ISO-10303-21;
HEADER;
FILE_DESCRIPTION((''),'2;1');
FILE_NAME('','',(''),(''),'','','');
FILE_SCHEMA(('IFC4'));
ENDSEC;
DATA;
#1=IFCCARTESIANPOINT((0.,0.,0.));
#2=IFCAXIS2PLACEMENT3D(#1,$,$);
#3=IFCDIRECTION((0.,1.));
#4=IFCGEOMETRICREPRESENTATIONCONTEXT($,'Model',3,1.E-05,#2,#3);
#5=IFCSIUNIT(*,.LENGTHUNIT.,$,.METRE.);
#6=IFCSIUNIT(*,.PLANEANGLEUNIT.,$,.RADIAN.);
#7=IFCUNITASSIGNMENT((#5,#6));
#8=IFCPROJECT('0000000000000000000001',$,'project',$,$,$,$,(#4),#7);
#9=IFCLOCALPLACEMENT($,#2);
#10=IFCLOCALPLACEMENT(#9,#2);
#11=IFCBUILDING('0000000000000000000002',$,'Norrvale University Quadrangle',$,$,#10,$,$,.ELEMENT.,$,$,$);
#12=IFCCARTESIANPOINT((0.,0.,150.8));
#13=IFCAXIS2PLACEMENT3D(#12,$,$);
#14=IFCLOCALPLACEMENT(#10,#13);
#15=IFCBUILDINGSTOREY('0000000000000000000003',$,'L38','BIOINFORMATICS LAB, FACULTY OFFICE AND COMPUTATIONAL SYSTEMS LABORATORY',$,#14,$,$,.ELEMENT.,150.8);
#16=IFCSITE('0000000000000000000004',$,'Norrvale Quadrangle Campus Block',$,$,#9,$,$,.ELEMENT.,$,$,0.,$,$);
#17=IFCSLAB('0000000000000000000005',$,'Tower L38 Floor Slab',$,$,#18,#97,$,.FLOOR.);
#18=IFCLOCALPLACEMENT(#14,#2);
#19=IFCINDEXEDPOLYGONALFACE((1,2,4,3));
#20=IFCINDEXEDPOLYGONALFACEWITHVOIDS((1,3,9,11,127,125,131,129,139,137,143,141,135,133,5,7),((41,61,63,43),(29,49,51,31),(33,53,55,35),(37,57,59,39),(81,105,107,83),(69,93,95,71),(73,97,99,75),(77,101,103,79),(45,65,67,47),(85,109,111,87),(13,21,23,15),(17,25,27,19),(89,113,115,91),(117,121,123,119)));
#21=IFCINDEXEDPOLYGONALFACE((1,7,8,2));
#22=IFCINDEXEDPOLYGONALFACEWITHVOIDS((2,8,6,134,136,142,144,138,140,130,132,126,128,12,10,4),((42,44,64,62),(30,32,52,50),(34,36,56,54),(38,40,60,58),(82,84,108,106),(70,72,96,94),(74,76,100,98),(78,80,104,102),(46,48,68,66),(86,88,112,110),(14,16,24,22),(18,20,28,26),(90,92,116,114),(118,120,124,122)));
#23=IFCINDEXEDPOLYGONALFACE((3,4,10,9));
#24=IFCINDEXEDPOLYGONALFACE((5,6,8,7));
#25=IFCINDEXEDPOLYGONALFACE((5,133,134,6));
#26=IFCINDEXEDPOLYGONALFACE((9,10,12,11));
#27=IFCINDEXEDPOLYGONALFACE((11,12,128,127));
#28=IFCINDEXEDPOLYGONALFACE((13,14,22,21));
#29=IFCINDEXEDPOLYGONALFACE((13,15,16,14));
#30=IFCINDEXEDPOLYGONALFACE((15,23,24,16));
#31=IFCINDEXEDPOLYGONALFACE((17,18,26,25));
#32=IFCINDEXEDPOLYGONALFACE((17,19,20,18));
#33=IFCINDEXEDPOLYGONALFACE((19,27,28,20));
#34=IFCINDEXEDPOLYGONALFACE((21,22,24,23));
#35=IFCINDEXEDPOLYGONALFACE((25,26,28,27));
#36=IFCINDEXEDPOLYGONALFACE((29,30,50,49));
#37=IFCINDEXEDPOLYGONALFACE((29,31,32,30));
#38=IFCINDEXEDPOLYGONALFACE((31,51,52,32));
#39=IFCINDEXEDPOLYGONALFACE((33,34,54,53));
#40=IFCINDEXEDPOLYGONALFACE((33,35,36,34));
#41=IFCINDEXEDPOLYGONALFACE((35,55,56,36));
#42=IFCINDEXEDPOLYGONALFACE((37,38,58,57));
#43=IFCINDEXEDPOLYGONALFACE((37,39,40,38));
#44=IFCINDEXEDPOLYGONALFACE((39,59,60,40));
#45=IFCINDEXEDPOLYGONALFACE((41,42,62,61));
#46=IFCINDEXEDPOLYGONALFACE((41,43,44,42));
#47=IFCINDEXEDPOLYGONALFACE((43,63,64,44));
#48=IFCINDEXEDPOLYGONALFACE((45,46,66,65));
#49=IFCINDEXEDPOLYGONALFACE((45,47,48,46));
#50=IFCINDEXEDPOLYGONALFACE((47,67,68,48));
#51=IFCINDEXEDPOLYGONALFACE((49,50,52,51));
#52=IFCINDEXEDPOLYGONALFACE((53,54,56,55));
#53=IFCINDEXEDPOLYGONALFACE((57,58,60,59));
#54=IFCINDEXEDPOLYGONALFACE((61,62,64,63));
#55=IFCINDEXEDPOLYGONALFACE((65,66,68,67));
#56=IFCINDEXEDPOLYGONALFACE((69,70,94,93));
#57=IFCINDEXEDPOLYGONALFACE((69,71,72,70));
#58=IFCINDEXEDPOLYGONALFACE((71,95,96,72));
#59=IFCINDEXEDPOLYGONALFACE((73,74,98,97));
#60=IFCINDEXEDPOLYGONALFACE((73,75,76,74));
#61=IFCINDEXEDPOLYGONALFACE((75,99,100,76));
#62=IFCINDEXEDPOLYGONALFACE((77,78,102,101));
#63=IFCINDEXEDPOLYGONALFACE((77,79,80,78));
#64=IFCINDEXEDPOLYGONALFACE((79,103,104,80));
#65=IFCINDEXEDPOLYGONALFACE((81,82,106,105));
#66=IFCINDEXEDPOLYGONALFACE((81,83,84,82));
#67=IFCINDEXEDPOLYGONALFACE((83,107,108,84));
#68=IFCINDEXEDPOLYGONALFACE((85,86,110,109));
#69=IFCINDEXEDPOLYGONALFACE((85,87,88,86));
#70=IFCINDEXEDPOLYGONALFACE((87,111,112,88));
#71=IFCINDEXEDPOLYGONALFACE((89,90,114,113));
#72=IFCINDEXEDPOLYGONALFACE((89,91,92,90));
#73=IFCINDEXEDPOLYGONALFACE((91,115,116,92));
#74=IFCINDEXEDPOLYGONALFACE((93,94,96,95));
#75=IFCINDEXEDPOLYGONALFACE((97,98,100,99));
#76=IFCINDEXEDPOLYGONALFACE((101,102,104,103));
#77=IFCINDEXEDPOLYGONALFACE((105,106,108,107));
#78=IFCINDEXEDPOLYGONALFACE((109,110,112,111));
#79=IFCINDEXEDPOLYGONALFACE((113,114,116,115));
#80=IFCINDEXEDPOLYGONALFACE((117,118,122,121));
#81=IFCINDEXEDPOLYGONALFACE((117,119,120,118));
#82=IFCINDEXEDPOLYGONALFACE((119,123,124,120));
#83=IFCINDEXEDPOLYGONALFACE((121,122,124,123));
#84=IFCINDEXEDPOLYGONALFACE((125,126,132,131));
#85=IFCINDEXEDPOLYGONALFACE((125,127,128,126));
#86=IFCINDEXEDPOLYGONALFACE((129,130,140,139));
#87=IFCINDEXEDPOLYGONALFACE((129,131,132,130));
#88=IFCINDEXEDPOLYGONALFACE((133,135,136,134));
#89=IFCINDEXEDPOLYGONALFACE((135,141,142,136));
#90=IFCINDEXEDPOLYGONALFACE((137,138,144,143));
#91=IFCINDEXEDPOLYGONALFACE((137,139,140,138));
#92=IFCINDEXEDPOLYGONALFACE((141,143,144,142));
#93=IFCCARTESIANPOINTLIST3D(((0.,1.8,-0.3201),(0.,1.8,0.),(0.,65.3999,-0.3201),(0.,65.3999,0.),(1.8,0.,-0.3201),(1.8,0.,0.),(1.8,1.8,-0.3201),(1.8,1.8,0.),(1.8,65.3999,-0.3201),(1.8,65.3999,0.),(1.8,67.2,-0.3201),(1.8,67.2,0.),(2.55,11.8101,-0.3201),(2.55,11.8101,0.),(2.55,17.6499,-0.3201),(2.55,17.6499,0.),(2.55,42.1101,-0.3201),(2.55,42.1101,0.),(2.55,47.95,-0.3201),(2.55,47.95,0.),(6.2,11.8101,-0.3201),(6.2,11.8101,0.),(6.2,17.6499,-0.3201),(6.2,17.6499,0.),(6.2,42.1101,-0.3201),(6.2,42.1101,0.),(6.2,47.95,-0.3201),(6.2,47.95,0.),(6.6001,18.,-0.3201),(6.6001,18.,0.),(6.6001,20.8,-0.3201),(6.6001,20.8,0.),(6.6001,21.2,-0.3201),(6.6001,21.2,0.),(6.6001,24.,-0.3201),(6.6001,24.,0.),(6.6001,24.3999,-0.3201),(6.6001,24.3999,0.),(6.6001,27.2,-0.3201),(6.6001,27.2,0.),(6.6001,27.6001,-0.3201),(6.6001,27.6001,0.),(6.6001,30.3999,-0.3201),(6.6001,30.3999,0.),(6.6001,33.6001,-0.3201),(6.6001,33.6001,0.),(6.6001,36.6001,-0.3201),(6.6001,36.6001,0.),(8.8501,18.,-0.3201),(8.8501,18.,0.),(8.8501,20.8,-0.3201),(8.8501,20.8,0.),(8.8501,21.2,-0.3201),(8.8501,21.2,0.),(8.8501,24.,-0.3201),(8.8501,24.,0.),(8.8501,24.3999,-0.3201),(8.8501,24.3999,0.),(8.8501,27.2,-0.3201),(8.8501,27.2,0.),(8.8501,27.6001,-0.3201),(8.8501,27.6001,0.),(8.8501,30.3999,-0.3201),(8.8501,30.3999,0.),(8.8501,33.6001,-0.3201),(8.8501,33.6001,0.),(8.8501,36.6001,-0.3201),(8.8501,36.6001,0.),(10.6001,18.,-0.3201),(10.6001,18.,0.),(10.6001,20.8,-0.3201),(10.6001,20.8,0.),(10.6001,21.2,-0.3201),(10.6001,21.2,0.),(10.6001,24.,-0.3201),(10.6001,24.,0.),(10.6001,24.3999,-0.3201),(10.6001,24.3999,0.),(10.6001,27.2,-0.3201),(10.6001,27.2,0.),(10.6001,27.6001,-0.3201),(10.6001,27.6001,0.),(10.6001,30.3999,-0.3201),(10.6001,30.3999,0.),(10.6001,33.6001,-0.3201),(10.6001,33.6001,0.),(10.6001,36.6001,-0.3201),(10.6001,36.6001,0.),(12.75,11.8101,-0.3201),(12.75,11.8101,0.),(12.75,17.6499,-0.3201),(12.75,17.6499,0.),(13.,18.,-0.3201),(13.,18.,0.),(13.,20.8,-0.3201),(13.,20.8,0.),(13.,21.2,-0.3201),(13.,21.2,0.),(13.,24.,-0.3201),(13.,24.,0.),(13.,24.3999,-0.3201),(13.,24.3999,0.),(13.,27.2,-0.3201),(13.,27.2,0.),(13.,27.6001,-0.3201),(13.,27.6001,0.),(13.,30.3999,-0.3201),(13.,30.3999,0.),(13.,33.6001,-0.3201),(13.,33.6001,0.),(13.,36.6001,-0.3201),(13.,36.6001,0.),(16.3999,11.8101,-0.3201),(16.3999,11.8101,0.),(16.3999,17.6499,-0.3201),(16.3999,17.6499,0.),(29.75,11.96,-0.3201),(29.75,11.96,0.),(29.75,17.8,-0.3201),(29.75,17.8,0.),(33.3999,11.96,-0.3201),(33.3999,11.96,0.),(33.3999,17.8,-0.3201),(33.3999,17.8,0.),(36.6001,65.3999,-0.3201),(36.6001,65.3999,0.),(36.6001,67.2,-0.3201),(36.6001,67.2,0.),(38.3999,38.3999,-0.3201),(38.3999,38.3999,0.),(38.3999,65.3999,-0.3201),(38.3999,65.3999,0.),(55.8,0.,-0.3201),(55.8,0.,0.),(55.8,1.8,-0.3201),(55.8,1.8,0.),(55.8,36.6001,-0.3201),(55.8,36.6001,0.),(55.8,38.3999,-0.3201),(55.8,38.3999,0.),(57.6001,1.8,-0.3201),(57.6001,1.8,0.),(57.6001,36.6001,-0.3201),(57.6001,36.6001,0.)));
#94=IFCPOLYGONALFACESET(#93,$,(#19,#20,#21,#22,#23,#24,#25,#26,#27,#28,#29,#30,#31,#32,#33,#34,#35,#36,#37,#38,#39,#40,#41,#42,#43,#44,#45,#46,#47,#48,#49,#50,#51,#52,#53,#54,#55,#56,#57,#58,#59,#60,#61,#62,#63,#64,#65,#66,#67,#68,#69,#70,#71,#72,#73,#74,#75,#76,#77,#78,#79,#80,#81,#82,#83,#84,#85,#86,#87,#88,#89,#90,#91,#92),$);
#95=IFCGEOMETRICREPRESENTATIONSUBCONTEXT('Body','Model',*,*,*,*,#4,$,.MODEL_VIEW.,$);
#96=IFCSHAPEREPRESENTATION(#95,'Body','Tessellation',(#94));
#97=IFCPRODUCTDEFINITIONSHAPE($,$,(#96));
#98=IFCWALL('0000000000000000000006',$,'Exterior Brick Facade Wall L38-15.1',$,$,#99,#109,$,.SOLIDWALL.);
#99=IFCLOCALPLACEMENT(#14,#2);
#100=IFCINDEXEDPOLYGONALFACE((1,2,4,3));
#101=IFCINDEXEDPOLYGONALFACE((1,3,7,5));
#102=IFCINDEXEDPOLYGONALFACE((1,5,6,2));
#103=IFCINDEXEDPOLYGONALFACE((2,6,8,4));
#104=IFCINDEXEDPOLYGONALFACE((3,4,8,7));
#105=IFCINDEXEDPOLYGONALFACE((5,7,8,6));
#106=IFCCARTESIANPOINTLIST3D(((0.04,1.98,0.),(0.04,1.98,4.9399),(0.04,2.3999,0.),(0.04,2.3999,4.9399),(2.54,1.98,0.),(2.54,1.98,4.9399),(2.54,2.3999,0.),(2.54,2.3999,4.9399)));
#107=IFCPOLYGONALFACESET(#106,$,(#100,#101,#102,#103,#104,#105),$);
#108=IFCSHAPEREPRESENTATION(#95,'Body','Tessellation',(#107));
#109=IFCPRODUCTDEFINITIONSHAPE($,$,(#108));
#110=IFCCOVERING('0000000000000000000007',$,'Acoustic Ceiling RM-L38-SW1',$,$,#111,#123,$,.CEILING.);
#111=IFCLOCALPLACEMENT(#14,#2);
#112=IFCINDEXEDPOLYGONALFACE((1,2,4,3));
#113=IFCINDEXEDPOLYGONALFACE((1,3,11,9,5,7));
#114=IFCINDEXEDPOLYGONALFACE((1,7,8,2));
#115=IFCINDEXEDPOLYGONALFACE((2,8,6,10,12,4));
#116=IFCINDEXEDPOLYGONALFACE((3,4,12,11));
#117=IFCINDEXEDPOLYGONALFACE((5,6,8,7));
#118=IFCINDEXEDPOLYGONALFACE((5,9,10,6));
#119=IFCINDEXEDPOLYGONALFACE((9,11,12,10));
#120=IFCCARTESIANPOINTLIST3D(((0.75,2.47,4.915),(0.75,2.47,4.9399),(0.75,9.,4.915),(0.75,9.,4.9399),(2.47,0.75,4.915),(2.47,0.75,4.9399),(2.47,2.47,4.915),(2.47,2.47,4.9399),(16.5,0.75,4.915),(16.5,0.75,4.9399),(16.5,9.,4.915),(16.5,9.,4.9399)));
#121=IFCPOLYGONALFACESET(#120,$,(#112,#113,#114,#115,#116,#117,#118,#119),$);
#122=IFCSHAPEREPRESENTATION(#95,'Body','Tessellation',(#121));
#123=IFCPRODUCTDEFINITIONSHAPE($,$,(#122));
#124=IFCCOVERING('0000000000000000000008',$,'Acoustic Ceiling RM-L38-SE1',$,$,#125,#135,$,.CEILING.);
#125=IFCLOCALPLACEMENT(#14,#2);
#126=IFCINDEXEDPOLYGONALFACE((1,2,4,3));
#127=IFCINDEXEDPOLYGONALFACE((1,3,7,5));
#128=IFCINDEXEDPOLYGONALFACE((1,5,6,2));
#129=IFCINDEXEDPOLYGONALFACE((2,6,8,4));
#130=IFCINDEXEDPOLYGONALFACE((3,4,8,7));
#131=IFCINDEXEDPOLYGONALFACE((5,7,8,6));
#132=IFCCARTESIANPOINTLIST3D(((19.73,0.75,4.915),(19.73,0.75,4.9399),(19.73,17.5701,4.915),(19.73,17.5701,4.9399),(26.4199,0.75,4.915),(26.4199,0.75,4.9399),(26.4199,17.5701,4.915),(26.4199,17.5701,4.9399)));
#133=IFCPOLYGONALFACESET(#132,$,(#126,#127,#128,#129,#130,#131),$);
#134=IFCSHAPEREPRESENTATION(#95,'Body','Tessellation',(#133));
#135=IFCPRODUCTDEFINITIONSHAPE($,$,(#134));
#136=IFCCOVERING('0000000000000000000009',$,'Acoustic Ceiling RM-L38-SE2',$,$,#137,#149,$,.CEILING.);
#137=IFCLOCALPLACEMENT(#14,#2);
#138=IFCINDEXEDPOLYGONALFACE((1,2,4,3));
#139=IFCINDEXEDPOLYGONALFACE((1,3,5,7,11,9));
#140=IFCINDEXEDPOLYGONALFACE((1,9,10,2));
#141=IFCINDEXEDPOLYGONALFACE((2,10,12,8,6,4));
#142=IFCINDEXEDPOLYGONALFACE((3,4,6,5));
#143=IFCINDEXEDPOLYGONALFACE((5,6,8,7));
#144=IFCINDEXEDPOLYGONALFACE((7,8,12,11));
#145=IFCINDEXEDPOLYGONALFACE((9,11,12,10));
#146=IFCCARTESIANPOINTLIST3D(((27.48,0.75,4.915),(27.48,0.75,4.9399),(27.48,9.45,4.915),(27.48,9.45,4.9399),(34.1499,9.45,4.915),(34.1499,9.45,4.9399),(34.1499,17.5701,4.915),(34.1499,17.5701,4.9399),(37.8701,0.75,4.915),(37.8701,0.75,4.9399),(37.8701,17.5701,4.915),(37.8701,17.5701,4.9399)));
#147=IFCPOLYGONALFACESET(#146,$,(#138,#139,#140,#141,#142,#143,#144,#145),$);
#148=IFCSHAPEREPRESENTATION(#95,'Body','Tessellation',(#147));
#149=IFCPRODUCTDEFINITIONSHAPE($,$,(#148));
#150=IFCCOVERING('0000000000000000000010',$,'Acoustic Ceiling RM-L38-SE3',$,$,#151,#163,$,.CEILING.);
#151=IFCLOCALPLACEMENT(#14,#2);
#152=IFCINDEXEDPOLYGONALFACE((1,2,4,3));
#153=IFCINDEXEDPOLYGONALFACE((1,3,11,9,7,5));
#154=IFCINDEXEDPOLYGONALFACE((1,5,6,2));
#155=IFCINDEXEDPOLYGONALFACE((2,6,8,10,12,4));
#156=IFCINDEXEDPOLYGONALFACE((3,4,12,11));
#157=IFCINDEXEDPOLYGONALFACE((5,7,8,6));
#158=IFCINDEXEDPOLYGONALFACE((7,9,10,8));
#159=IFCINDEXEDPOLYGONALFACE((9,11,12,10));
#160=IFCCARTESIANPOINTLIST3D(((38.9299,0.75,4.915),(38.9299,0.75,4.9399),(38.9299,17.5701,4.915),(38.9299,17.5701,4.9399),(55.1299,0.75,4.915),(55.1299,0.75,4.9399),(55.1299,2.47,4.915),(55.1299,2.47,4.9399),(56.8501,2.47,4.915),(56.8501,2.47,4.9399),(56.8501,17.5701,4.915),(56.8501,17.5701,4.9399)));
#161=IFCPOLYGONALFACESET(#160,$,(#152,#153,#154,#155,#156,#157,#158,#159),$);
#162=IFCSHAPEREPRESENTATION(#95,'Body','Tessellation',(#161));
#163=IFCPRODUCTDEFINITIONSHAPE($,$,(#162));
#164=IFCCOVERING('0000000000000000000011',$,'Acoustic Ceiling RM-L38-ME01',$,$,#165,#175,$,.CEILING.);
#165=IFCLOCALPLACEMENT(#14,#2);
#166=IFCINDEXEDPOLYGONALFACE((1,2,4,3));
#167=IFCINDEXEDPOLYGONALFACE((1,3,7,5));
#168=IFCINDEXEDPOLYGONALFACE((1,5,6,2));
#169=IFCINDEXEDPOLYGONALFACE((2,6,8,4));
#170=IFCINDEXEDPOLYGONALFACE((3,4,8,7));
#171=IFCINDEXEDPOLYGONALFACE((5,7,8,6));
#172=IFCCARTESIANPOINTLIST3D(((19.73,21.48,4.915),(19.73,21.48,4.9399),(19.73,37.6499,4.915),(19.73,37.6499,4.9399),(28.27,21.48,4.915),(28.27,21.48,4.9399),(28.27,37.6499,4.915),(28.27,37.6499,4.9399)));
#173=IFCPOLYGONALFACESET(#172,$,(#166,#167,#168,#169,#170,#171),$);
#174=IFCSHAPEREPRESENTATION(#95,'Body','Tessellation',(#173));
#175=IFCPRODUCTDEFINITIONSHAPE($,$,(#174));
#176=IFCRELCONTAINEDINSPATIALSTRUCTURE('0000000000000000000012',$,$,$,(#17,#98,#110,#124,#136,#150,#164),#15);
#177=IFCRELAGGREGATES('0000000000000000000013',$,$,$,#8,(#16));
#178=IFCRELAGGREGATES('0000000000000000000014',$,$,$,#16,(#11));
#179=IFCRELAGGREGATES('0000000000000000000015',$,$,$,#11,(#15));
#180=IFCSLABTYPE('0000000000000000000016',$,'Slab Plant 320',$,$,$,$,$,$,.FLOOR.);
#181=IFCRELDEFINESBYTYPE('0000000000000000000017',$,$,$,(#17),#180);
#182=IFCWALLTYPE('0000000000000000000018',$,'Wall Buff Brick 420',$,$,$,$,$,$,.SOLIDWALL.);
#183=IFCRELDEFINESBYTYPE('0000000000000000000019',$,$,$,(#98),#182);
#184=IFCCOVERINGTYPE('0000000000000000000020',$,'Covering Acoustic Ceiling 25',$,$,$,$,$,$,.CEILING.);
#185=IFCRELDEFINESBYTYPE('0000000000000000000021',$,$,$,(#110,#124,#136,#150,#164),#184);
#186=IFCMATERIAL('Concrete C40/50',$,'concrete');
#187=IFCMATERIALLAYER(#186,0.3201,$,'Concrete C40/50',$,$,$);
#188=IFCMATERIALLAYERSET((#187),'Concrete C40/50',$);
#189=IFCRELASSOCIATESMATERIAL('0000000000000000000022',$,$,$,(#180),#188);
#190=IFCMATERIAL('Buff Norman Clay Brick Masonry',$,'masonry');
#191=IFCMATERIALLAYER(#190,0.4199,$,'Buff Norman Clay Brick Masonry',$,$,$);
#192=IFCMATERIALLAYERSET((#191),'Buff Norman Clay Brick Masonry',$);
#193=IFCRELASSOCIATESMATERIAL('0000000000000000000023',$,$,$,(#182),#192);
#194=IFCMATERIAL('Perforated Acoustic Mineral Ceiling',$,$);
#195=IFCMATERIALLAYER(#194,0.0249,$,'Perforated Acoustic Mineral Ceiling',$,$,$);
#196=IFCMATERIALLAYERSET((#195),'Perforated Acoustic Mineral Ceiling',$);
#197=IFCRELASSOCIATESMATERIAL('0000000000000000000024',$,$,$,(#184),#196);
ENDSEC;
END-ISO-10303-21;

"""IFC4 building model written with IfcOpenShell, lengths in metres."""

from ifc_helpers import new_model, si_unit, direction, frame, frame_2d, origin, place, context, subcontext, project, spatial, polyline, rectangle, outline, extrude, material, layer, layer_set, type_object, element, save


model = new_model("IFC4")

# Units and contexts
model_context = context("Model", 3, precision=1e-05, world=origin(), true_north=direction((0.0, 1.0)))
body_context = subcontext(model_context, "Body", "Model", "MODEL_VIEW")
ifc_project = project(units=[si_unit("LENGTHUNIT", "METRE"), si_unit("PLANEANGLEUNIT", "RADIAN")], contexts=[model_context])

# Site, building, storey
site_placement = place(None, origin())
site = spatial("IfcSite", under=ifc_project, at=site_placement, Name="Norrvale Quadrangle Campus Block", CompositionType="ELEMENT", RefElevation=0.0)
building_placement = place(site_placement, origin())
building = spatial("IfcBuilding", under=site, at=building_placement, Name="Norrvale University Quadrangle", CompositionType="ELEMENT")
storey_placement = place(building_placement, frame((0.0, 0.0, 150.8)))
storey = spatial("IfcBuildingStorey", under=building, at=storey_placement, Name="L38", Description="BIOINFORMATICS LAB, FACULTY OFFICE AND COMPUTATIONAL SYSTEMS LABORATORY", CompositionType="ELEMENT", Elevation=150.8)

# Shared definitions
ifc_material_1 = material(Name="Concrete C40/50", Category="concrete")

# Slab
ifc_layer_1 = layer(ifc_material_1, 0.3201, Name="Concrete C40/50")
ifc_layer_set_1 = layer_set([ifc_layer_1], Name="Concrete C40/50")
slab_type_1 = type_object("IfcSlabType", Name="Slab Plant 320", PredefinedType="FLOOR", material=ifc_layer_set_1)
slab_1_placement = place(storey_placement, frame((0.0, 0.0, -0.3201)))
element("IfcSlab", 1, at=slab_1_placement, inside=storey, type_object=slab_type_1, Name="Tower L38 Floor Slab", PredefinedType="FLOOR", context=body_context, shape_type="SweptSolid", body=[
    extrude(outline(polyline([(1.8, 0.0), (55.8, 0.0), (55.8, 1.8), (57.6001, 1.8), (57.6001, 36.6001), (55.8, 36.6001), (55.8, 38.3999), (38.3999, 38.3999), (38.3999, 65.3999), (36.6001, 65.3999), (36.6001, 67.2), (1.8, 67.2), (1.8, 65.3999), (0.0, 65.3999), (0.0, 1.8), (1.8, 1.8), (1.8, 0.0)]), holes=[polyline([(2.55, 11.8101), (6.2, 11.8101), (6.2, 17.6499), (2.55, 17.6499), (2.55, 11.8101)]), polyline([(2.55, 42.1101), (6.2, 42.1101), (6.2, 47.95), (2.55, 47.95), (2.55, 42.1101)]), polyline([(12.75, 11.8101), (16.3999, 11.8101), (16.3999, 17.6499), (12.75, 17.6499), (12.75, 11.8101)]), polyline([(29.75, 11.96), (33.3999, 11.96), (33.3999, 17.8), (29.75, 17.8), (29.75, 11.96)]), polyline([(6.6001, 18.0), (8.8501, 18.0), (8.8501, 20.8), (6.6001, 20.8), (6.6001, 18.0)]), polyline([(6.6001, 21.2), (8.8501, 21.2), (8.8501, 24.0), (6.6001, 24.0), (6.6001, 21.2)]), polyline([(6.6001, 24.3999), (8.8501, 24.3999), (8.8501, 27.2), (6.6001, 27.2), (6.6001, 24.3999)]), polyline([(6.6001, 27.6001), (8.8501, 27.6001), (8.8501, 30.3999), (6.6001, 30.3999), (6.6001, 27.6001)]), polyline([(10.6001, 18.0), (13.0, 18.0), (13.0, 20.8), (10.6001, 20.8), (10.6001, 18.0)]), polyline([(10.6001, 21.2), (13.0, 21.2), (13.0, 24.0), (10.6001, 24.0), (10.6001, 21.2)]), polyline([(10.6001, 24.3999), (13.0, 24.3999), (13.0, 27.2), (10.6001, 27.2), (10.6001, 24.3999)]), polyline([(10.6001, 27.6001), (13.0, 27.6001), (13.0, 30.3999), (10.6001, 30.3999), (10.6001, 27.6001)]), polyline([(6.6001, 33.6001), (8.8501, 33.6001), (8.8501, 36.6001), (6.6001, 36.6001), (6.6001, 33.6001)]), polyline([(10.6001, 33.6001), (13.0, 33.6001), (13.0, 36.6001), (10.6001, 36.6001), (10.6001, 33.6001)])]), origin(), (0.0, 0.0, 1.0), 0.3201),
])

# Wall
ifc_material_2 = material(Name="Buff Norman Clay Brick Masonry", Category="masonry")
ifc_layer_2 = layer(ifc_material_2, 0.4199, Name="Buff Norman Clay Brick Masonry")
ifc_layer_set_2 = layer_set([ifc_layer_2], Name="Buff Norman Clay Brick Masonry")
wall_type = type_object("IfcWallType", Name="Wall Buff Brick 420", PredefinedType="SOLIDWALL", material=ifc_layer_set_2)
wall_placement = place(storey_placement, frame((0.04, 2.1899, 0.0), z_axis=(0.0, 0.0, 1.0), x_axis=(1.0, 0.0, 0.0)))
element("IfcWall", 2, at=wall_placement, inside=storey, type_object=wall_type, Name="Exterior Brick Facade Wall L38-15.1", PredefinedType="SOLIDWALL", context=body_context, shape_type="SweptSolid", body=[
    extrude(rectangle(XDim=2.5, YDim=0.4199, at=frame_2d((1.25, 0.0))), origin(), (0.0, 0.0, 1.0), 4.9399),
])

# Coverings
ifc_material_3 = material(Name="Perforated Acoustic Mineral Ceiling")
ifc_layer_3 = layer(ifc_material_3, 0.0249, Name="Perforated Acoustic Mineral Ceiling")
ifc_layer_set_3 = layer_set([ifc_layer_3], Name="Perforated Acoustic Mineral Ceiling")
covering_type_1 = type_object("IfcCoveringType", Name="Covering Acoustic Ceiling 25", PredefinedType="CEILING", material=ifc_layer_set_3)
covering_1_placement = place(storey_placement, frame((0.0, 0.0, 4.915)))
element("IfcCovering", 3, at=covering_1_placement, inside=storey, type_object=covering_type_1, Name="Acoustic Ceiling RM-L38-SW1", PredefinedType="CEILING", context=body_context, shape_type="SweptSolid", body=[
    extrude(outline(polyline([(0.75, 9.0), (16.5, 9.0), (16.5, 0.75), (2.47, 0.75), (2.47, 2.47), (0.75, 2.47), (0.75, 9.0)])), origin(), (0.0, 0.0, 1.0), 0.0249),
])
covering_2_placement = place(storey_placement, frame((0.0, 0.0, 4.915)))
element("IfcCovering", 4, at=covering_2_placement, inside=storey, type_object=covering_type_1, Name="Acoustic Ceiling RM-L38-SE1", PredefinedType="CEILING", context=body_context, shape_type="SweptSolid", body=[
    extrude(outline(polyline([(19.73, 17.5701), (26.4199, 17.5701), (26.4199, 0.75), (19.73, 0.75), (19.73, 17.5701)])), origin(), (0.0, 0.0, 1.0), 0.0249),
])
covering_3_placement = place(storey_placement, frame((0.0, 0.0, 4.915)))
element("IfcCovering", 5, at=covering_3_placement, inside=storey, type_object=covering_type_1, Name="Acoustic Ceiling RM-L38-SE2", PredefinedType="CEILING", context=body_context, shape_type="SweptSolid", body=[
    extrude(outline(polyline([(27.48, 9.45), (34.1499, 9.45), (34.1499, 17.5701), (37.8701, 17.5701), (37.8701, 0.75), (27.48, 0.75), (27.48, 9.45)])), origin(), (0.0, 0.0, 1.0), 0.0249),
])
covering_4_placement = place(storey_placement, frame((0.0, 0.0, 4.915)))
element("IfcCovering", 6, at=covering_4_placement, inside=storey, type_object=covering_type_1, Name="Acoustic Ceiling RM-L38-SE3", PredefinedType="CEILING", context=body_context, shape_type="SweptSolid", body=[
    extrude(outline(polyline([(38.9299, 0.75), (38.9299, 17.5701), (56.8501, 17.5701), (56.8501, 2.47), (55.1299, 2.47), (55.1299, 0.75), (38.9299, 0.75)])), origin(), (0.0, 0.0, 1.0), 0.0249),
])
covering_5_placement = place(storey_placement, frame((0.0, 0.0, 4.915)))
element("IfcCovering", 7, at=covering_5_placement, inside=storey, type_object=covering_type_1, Name="Acoustic Ceiling RM-L38-ME01", PredefinedType="CEILING", context=body_context, shape_type="SweptSolid", body=[
    extrude(outline(polyline([(19.73, 37.6499), (28.27, 37.6499), (28.27, 21.48), (19.73, 21.48), (19.73, 37.6499)])), origin(), (0.0, 0.0, 1.0), 0.0249),
])

save(model, "model.ifc")
